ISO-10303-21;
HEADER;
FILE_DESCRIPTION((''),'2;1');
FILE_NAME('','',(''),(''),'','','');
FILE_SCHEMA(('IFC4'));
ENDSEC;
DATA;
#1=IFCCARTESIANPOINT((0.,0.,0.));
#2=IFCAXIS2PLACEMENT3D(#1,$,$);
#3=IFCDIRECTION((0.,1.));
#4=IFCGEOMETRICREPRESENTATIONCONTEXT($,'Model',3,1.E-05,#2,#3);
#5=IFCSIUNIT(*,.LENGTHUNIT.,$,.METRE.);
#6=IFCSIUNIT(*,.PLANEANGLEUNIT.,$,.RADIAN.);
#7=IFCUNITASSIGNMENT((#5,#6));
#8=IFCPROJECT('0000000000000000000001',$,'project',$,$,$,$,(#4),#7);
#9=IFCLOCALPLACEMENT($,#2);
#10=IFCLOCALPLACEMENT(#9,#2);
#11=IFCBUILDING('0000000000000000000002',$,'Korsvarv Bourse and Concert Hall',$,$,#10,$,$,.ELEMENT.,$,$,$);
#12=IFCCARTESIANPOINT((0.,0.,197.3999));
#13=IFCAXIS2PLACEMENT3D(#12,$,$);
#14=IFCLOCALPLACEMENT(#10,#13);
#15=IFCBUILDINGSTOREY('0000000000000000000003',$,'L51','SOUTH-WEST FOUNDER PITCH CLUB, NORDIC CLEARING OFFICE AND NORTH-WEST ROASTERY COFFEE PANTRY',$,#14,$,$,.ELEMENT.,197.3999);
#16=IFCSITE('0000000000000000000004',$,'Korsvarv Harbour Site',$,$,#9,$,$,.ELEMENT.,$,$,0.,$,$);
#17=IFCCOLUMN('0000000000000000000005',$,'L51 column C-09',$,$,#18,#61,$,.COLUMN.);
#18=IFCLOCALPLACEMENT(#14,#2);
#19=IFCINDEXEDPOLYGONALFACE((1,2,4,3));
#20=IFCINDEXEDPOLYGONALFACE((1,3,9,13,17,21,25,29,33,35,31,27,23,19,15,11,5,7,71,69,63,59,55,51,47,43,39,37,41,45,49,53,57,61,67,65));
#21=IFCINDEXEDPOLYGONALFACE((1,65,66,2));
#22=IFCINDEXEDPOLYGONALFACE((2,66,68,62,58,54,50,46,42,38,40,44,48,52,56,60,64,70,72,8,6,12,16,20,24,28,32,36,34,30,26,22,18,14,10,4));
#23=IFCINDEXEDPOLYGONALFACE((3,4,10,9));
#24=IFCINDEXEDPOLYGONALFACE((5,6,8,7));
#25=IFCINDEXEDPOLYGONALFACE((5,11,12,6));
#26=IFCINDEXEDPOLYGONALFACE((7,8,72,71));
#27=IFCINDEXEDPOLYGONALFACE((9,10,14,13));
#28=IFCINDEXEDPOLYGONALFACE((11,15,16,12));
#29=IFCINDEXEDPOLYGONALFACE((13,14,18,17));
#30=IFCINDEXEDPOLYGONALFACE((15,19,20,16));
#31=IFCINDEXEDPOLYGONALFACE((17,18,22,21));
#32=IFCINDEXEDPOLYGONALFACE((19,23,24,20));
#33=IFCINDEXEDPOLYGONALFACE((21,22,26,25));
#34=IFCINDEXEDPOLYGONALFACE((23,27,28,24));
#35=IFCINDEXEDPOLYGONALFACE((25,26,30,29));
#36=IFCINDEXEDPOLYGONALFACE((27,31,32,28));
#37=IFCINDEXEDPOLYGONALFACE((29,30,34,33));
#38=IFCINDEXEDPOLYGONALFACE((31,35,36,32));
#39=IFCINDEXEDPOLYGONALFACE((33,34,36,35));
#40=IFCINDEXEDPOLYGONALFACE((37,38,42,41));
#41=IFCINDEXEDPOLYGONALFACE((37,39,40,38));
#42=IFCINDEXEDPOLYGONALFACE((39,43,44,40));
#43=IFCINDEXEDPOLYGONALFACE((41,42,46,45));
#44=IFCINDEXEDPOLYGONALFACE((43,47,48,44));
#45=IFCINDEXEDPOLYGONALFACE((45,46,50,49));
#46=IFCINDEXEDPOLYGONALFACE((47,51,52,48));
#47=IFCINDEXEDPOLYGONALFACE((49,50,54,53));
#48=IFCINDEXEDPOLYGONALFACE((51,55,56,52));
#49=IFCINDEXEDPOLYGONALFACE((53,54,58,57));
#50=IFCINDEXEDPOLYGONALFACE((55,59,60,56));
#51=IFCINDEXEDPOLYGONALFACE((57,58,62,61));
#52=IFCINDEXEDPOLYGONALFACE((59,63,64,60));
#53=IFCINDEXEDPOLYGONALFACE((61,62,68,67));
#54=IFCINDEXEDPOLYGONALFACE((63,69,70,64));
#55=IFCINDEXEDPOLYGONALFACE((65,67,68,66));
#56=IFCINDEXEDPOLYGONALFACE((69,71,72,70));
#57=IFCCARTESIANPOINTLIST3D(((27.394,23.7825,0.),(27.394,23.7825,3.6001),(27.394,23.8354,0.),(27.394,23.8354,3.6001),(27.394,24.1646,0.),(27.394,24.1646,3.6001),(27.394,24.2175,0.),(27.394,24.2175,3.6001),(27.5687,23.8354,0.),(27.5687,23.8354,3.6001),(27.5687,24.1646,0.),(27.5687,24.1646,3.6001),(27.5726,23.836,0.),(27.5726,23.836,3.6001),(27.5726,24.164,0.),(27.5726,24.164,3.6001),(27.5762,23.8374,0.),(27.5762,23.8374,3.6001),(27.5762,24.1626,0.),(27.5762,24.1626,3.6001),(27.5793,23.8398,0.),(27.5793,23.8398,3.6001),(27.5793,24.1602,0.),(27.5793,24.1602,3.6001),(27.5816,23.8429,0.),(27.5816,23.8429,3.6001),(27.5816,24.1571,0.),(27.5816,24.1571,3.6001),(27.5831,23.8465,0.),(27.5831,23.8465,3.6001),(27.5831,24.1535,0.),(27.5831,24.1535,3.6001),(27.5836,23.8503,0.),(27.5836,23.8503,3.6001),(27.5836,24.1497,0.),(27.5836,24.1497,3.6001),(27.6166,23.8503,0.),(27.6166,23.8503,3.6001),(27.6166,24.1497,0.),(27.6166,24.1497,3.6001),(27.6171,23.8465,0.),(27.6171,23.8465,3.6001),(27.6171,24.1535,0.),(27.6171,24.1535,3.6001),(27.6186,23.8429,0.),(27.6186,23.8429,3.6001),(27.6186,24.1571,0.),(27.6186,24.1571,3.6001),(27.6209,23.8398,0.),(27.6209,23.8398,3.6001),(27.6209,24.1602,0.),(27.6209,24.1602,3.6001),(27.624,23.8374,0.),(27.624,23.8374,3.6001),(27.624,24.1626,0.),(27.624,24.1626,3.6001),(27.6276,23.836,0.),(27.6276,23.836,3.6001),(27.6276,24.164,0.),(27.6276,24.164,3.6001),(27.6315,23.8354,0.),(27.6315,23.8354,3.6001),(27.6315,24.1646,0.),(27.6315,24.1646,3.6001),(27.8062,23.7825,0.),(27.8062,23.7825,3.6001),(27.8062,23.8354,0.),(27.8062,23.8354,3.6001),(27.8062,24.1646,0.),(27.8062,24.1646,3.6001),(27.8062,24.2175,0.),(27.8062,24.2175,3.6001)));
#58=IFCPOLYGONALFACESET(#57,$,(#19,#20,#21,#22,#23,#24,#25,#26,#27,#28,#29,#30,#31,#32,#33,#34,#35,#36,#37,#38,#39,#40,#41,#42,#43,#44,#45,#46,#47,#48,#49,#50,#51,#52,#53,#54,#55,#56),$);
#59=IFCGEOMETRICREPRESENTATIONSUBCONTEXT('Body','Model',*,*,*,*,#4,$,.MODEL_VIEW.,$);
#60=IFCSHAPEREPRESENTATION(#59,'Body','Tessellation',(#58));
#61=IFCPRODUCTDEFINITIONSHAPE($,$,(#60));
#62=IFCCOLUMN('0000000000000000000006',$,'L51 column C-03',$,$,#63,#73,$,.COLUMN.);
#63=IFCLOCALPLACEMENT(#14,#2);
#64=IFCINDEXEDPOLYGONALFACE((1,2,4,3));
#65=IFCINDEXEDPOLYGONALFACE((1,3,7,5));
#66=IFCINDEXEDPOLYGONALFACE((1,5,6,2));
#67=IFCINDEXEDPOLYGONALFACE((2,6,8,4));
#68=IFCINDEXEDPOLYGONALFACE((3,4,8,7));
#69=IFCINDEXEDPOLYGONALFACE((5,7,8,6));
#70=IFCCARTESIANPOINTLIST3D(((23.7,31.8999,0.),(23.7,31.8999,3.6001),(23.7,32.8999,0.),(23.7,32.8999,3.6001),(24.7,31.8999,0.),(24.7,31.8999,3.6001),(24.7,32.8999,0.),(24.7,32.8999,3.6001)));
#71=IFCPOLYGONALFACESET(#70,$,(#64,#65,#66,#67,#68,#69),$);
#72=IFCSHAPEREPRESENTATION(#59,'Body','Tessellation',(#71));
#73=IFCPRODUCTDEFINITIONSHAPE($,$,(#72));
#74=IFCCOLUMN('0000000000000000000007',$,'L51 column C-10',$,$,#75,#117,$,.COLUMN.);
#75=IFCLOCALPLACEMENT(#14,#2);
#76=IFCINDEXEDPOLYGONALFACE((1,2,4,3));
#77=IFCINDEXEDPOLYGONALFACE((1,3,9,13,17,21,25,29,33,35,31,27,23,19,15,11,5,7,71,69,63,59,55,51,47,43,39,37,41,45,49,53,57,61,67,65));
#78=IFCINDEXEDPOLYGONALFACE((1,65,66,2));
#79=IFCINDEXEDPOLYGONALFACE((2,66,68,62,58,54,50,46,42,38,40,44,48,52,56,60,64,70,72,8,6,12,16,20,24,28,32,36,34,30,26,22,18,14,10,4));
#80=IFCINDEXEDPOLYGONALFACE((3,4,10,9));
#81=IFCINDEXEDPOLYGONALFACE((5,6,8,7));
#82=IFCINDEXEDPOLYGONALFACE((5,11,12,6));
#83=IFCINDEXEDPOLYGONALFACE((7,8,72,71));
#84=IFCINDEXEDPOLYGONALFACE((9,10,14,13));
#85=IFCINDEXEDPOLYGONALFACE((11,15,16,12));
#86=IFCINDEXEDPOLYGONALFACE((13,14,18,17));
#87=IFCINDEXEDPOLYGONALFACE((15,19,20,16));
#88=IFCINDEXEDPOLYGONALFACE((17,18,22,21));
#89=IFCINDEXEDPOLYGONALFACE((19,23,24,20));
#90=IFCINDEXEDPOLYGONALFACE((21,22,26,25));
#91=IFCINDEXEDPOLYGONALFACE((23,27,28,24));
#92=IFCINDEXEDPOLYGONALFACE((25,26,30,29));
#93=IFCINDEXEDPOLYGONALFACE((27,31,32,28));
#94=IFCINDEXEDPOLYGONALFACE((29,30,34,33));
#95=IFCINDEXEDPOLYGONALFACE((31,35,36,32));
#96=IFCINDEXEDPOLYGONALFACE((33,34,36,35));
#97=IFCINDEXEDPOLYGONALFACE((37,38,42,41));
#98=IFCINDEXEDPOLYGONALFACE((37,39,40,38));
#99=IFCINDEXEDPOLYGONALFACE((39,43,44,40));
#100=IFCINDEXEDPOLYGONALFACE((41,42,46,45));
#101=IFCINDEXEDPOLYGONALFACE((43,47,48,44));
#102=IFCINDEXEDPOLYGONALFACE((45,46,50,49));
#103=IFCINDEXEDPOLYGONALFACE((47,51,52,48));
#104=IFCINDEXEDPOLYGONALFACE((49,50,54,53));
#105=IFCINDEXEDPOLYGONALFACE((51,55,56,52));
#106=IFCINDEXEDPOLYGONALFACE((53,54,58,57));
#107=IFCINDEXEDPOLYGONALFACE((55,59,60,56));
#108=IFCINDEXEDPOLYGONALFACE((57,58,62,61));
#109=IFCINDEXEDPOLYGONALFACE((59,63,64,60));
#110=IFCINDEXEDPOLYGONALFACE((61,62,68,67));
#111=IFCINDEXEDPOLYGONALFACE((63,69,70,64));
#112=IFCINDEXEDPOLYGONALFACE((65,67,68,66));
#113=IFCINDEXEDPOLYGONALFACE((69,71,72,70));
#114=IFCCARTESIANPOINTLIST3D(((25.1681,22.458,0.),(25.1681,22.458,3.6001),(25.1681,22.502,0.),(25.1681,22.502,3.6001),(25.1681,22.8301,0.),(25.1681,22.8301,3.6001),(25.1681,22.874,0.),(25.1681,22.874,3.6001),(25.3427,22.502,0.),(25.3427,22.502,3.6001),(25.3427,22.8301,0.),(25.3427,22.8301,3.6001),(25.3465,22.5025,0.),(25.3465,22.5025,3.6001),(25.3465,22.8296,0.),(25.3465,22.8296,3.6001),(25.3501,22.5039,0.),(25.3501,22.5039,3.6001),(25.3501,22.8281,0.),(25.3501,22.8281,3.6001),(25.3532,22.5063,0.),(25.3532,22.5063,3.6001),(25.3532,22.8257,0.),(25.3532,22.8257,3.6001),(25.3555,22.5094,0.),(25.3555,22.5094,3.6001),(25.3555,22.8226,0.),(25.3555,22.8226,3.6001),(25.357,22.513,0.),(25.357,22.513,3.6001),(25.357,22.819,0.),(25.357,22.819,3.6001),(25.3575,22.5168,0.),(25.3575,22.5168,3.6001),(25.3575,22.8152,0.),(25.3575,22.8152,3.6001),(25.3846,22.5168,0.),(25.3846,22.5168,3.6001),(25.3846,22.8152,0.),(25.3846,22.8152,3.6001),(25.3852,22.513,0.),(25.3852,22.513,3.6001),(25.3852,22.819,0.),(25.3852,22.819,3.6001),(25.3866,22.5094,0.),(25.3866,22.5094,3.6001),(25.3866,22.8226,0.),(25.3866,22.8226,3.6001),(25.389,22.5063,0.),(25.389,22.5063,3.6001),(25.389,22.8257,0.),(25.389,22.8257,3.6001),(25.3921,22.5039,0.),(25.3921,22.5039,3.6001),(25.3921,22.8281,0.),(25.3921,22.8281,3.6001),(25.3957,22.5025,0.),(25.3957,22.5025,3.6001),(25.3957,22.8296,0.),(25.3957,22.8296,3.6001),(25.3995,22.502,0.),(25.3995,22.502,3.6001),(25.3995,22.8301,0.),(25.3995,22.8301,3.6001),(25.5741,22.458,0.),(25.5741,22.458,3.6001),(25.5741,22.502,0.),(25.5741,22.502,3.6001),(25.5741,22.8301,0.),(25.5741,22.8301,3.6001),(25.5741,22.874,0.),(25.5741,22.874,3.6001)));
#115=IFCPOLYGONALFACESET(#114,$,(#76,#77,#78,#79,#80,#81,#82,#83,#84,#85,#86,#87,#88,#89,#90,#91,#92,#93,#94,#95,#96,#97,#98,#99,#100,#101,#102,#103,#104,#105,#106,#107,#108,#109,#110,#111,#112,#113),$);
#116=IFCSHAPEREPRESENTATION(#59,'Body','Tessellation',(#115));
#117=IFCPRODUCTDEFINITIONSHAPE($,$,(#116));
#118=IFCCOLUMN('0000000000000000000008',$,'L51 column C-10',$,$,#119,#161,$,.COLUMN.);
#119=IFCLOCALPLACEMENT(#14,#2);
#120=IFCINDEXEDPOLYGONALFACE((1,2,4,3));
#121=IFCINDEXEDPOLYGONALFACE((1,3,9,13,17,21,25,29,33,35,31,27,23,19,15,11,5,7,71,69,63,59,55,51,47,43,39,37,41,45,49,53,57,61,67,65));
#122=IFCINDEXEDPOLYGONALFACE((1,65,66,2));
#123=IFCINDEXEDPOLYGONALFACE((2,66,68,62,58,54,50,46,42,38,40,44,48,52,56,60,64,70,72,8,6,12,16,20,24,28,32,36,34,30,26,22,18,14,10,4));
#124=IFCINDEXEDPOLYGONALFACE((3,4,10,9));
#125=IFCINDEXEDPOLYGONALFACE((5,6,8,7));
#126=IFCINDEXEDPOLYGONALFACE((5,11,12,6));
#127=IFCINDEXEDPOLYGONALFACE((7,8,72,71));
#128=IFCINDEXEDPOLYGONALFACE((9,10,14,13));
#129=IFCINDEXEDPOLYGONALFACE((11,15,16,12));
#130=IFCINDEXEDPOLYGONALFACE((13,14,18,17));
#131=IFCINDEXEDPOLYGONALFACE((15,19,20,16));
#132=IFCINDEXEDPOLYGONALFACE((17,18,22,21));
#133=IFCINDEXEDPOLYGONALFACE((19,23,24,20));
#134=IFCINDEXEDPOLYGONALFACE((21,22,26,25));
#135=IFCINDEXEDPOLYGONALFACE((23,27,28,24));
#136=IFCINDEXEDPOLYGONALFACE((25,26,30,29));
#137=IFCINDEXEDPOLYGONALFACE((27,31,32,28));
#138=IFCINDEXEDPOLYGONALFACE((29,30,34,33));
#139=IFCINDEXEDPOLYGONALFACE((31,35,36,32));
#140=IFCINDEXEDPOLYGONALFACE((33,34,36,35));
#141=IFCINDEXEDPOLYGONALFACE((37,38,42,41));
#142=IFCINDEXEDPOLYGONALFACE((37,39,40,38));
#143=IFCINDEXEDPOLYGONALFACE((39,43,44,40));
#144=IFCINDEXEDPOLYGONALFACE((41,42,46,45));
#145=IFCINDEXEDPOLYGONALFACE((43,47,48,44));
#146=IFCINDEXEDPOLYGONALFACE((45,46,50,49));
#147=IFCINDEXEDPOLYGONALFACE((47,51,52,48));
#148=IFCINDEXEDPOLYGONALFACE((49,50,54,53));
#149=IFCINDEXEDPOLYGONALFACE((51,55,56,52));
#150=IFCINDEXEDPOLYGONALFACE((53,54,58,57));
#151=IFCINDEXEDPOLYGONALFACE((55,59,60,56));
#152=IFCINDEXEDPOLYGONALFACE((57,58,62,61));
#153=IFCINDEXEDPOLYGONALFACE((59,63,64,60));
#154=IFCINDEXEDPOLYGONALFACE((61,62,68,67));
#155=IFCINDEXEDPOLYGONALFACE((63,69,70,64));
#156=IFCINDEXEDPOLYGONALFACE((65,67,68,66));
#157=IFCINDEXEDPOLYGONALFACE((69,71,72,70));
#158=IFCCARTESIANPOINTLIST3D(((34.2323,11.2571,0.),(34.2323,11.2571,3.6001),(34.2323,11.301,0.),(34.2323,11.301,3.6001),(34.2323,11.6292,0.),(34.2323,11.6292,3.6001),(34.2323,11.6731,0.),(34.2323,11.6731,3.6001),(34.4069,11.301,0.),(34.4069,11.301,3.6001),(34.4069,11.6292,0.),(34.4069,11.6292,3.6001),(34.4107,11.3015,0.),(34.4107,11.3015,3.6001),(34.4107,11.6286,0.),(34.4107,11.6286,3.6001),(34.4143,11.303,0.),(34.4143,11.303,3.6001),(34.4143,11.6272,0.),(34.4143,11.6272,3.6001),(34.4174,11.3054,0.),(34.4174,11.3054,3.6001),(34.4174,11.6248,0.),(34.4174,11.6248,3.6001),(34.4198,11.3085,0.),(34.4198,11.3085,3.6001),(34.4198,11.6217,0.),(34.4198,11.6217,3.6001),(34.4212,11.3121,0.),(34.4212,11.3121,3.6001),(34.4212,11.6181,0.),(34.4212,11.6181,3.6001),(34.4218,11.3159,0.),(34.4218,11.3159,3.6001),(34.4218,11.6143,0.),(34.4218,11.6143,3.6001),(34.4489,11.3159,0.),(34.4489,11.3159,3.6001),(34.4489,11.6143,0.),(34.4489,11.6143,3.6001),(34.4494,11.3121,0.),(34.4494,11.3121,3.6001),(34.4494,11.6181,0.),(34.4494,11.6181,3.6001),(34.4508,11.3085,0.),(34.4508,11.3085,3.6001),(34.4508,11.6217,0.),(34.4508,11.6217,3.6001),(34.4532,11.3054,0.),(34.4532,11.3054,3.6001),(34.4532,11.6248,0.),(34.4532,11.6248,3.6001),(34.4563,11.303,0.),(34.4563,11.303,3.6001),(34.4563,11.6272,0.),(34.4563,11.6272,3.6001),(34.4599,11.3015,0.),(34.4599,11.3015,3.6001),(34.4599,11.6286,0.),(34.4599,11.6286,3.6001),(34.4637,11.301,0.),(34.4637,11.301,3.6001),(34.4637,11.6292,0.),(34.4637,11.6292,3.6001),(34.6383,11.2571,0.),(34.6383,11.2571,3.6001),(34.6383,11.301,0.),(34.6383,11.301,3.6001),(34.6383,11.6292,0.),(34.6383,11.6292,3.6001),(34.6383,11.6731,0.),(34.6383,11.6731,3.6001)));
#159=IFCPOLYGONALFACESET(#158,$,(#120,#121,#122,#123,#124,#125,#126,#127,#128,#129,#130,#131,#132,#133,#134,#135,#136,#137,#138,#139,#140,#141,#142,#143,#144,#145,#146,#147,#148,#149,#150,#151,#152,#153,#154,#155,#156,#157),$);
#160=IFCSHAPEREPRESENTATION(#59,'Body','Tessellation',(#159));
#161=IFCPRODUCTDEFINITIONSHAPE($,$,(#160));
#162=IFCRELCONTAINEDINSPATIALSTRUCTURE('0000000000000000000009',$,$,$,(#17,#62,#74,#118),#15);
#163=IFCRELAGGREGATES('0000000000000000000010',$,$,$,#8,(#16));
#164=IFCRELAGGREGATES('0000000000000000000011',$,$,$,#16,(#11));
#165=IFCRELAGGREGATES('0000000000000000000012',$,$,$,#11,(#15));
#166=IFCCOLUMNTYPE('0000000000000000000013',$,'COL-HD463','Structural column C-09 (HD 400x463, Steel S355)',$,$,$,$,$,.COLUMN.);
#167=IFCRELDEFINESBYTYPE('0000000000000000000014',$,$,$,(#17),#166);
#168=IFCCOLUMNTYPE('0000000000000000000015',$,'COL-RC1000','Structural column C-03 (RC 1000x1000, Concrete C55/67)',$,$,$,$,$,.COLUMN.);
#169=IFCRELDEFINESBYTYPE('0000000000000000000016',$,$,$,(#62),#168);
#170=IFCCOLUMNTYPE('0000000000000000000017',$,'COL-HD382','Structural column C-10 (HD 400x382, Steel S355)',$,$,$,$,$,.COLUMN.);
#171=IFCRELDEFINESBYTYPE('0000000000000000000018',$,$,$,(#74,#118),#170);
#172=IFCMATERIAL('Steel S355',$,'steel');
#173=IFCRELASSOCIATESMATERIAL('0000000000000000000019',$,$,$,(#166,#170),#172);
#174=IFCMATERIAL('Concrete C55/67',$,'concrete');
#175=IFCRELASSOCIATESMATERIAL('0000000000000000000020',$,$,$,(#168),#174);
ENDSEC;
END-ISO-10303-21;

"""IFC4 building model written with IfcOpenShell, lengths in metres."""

from ifc_helpers import new_model, si_unit, direction, frame, origin, origin_2d, place, context, subcontext, project, spatial, rectangle, i_section, extrude, source, transform, mapped, material, material_profile, profile_set, type_object, element, save


model = new_model("IFC4")

# Units and contexts
model_context = context("Model", 3, precision=1e-05, world=origin(), true_north=direction((0.0, 1.0)))
body_context = subcontext(model_context, "Body", "Model", "MODEL_VIEW")
ifc_project = project(units=[si_unit("LENGTHUNIT", "METRE"), si_unit("PLANEANGLEUNIT", "RADIAN")], contexts=[model_context])

# Site, building, storey
site_placement = place(None, origin())
site = spatial("IfcSite", under=ifc_project, at=site_placement, Name="Korsvarv Harbour Site", CompositionType="ELEMENT", RefElevation=0.0)
building_placement = place(site_placement, origin())
building = spatial("IfcBuilding", under=site, at=building_placement, Name="Korsvarv Bourse and Concert Hall", CompositionType="ELEMENT")
storey_placement = place(building_placement, frame((0.0, 0.0, 197.3999)))
storey = spatial("IfcBuildingStorey", under=building, at=storey_placement, Name="L51", Description="SOUTH-WEST FOUNDER PITCH CLUB, NORDIC CLEARING OFFICE AND NORTH-WEST ROASTERY COFFEE PANTRY", CompositionType="ELEMENT", Elevation=197.3999)

# Columns
ifc_material_1 = material(Name="Steel S355", Category="steel")
ifc_material_profile_1 = material_profile(ifc_material_1, i_section(OverallWidth=0.4121, OverallDepth=0.4351, WebThickness=0.033, FlangeThickness=0.053, FilletRadius=0.0149, at=origin_2d()), Name="HD 400x463")
ifc_profile_set_1 = profile_set([ifc_material_profile_1], Name="Steel S355")
column_type_1 = type_object("IfcColumnType", Name="COL-HD463", Description="Structural column C-09 (HD 400x463, Steel S355)", PredefinedType="COLUMN", material=ifc_profile_set_1)
shared_shape_1 = source(origin(), body_context, "Body", "SweptSolid", [
    extrude(i_section(OverallWidth=0.4121, OverallDepth=0.4351, WebThickness=0.033, FlangeThickness=0.053, FilletRadius=0.0149, at=origin_2d()), origin(), (0.0, 0.0, 1.0), 3.6001),
])
column_1_placement = place(storey_placement, frame((27.6001, 24.0, 0.0), z_axis=(0.0, 0.0, 1.0), x_axis=(1.0, 0.0, 0.0)))
element("IfcColumn", 1, at=column_1_placement, inside=storey, type_object=column_type_1, Name="L51 column C-09", PredefinedType="COLUMN", context=body_context, shape_type="MappedRepresentation", body=[
    mapped(shared_shape_1, transform((0.0, 0.0, 0.0), scale=1.0)),
])
ifc_material_2 = material(Name="Concrete C55/67", Category="concrete")
ifc_material_profile_2 = material_profile(ifc_material_2, rectangle(XDim=1.0, YDim=1.0, at=origin_2d()), Name="RC 1000x1000")
ifc_profile_set_2 = profile_set([ifc_material_profile_2], Name="Concrete C55/67")
column_type_2 = type_object("IfcColumnType", Name="COL-RC1000", Description="Structural column C-03 (RC 1000x1000, Concrete C55/67)", PredefinedType="COLUMN", material=ifc_profile_set_2)
shared_shape_2 = source(origin(), body_context, "Body", "SweptSolid", [
    extrude(rectangle(XDim=1.0, YDim=1.0, at=origin_2d()), origin(), (0.0, 0.0, 1.0), 3.6001),
])
column_2_placement = place(storey_placement, frame((24.2, 32.3999, 0.0), z_axis=(0.0, 0.0, 1.0), x_axis=(1.0, 0.0, 0.0)))
element("IfcColumn", 2, at=column_2_placement, inside=storey, type_object=column_type_2, Name="L51 column C-03", PredefinedType="COLUMN", context=body_context, shape_type="MappedRepresentation", body=[
    mapped(shared_shape_2, transform((0.0, 0.0, 0.0), scale=1.0)),
])
ifc_material_profile_3 = material_profile(ifc_material_1, i_section(OverallWidth=0.406, OverallDepth=0.416, WebThickness=0.0271, FlangeThickness=0.0439, FilletRadius=0.0149, at=origin_2d()), Name="HD 400x382")
ifc_profile_set_3 = profile_set([ifc_material_profile_3], Name="Steel S355")
column_type_3 = type_object("IfcColumnType", Name="COL-HD382", Description="Structural column C-10 (HD 400x382, Steel S355)", PredefinedType="COLUMN", material=ifc_profile_set_3)
shared_shape_3 = source(origin(), body_context, "Body", "SweptSolid", [
    extrude(i_section(OverallWidth=0.406, OverallDepth=0.416, WebThickness=0.0271, FlangeThickness=0.0439, FilletRadius=0.0149, at=origin_2d()), origin(), (0.0, 0.0, 1.0), 3.6001),
])
for number, where, z_axis, x_axis, name in (
    (3, (25.3711, 22.666, 0.0), (0.0, 0.0, 1.0), (1.0, 0.0, 0.0), "L51 column C-10"),
    (4, (34.4353, 11.4651, 0.0), (0.0, 0.0, 1.0), (1.0, 0.0, 0.0), "L51 column C-10"),
):
    element("IfcColumn", number, at=place(storey_placement, frame(where, z_axis=z_axis, x_axis=x_axis)), inside=storey, type_object=column_type_3, Name=name, PredefinedType="COLUMN", context=body_context, shape_type="MappedRepresentation", body=[
        mapped(shared_shape_3, transform((0.0, 0.0, 0.0), scale=1.0)),
    ])

save(model, "model.ifc")
